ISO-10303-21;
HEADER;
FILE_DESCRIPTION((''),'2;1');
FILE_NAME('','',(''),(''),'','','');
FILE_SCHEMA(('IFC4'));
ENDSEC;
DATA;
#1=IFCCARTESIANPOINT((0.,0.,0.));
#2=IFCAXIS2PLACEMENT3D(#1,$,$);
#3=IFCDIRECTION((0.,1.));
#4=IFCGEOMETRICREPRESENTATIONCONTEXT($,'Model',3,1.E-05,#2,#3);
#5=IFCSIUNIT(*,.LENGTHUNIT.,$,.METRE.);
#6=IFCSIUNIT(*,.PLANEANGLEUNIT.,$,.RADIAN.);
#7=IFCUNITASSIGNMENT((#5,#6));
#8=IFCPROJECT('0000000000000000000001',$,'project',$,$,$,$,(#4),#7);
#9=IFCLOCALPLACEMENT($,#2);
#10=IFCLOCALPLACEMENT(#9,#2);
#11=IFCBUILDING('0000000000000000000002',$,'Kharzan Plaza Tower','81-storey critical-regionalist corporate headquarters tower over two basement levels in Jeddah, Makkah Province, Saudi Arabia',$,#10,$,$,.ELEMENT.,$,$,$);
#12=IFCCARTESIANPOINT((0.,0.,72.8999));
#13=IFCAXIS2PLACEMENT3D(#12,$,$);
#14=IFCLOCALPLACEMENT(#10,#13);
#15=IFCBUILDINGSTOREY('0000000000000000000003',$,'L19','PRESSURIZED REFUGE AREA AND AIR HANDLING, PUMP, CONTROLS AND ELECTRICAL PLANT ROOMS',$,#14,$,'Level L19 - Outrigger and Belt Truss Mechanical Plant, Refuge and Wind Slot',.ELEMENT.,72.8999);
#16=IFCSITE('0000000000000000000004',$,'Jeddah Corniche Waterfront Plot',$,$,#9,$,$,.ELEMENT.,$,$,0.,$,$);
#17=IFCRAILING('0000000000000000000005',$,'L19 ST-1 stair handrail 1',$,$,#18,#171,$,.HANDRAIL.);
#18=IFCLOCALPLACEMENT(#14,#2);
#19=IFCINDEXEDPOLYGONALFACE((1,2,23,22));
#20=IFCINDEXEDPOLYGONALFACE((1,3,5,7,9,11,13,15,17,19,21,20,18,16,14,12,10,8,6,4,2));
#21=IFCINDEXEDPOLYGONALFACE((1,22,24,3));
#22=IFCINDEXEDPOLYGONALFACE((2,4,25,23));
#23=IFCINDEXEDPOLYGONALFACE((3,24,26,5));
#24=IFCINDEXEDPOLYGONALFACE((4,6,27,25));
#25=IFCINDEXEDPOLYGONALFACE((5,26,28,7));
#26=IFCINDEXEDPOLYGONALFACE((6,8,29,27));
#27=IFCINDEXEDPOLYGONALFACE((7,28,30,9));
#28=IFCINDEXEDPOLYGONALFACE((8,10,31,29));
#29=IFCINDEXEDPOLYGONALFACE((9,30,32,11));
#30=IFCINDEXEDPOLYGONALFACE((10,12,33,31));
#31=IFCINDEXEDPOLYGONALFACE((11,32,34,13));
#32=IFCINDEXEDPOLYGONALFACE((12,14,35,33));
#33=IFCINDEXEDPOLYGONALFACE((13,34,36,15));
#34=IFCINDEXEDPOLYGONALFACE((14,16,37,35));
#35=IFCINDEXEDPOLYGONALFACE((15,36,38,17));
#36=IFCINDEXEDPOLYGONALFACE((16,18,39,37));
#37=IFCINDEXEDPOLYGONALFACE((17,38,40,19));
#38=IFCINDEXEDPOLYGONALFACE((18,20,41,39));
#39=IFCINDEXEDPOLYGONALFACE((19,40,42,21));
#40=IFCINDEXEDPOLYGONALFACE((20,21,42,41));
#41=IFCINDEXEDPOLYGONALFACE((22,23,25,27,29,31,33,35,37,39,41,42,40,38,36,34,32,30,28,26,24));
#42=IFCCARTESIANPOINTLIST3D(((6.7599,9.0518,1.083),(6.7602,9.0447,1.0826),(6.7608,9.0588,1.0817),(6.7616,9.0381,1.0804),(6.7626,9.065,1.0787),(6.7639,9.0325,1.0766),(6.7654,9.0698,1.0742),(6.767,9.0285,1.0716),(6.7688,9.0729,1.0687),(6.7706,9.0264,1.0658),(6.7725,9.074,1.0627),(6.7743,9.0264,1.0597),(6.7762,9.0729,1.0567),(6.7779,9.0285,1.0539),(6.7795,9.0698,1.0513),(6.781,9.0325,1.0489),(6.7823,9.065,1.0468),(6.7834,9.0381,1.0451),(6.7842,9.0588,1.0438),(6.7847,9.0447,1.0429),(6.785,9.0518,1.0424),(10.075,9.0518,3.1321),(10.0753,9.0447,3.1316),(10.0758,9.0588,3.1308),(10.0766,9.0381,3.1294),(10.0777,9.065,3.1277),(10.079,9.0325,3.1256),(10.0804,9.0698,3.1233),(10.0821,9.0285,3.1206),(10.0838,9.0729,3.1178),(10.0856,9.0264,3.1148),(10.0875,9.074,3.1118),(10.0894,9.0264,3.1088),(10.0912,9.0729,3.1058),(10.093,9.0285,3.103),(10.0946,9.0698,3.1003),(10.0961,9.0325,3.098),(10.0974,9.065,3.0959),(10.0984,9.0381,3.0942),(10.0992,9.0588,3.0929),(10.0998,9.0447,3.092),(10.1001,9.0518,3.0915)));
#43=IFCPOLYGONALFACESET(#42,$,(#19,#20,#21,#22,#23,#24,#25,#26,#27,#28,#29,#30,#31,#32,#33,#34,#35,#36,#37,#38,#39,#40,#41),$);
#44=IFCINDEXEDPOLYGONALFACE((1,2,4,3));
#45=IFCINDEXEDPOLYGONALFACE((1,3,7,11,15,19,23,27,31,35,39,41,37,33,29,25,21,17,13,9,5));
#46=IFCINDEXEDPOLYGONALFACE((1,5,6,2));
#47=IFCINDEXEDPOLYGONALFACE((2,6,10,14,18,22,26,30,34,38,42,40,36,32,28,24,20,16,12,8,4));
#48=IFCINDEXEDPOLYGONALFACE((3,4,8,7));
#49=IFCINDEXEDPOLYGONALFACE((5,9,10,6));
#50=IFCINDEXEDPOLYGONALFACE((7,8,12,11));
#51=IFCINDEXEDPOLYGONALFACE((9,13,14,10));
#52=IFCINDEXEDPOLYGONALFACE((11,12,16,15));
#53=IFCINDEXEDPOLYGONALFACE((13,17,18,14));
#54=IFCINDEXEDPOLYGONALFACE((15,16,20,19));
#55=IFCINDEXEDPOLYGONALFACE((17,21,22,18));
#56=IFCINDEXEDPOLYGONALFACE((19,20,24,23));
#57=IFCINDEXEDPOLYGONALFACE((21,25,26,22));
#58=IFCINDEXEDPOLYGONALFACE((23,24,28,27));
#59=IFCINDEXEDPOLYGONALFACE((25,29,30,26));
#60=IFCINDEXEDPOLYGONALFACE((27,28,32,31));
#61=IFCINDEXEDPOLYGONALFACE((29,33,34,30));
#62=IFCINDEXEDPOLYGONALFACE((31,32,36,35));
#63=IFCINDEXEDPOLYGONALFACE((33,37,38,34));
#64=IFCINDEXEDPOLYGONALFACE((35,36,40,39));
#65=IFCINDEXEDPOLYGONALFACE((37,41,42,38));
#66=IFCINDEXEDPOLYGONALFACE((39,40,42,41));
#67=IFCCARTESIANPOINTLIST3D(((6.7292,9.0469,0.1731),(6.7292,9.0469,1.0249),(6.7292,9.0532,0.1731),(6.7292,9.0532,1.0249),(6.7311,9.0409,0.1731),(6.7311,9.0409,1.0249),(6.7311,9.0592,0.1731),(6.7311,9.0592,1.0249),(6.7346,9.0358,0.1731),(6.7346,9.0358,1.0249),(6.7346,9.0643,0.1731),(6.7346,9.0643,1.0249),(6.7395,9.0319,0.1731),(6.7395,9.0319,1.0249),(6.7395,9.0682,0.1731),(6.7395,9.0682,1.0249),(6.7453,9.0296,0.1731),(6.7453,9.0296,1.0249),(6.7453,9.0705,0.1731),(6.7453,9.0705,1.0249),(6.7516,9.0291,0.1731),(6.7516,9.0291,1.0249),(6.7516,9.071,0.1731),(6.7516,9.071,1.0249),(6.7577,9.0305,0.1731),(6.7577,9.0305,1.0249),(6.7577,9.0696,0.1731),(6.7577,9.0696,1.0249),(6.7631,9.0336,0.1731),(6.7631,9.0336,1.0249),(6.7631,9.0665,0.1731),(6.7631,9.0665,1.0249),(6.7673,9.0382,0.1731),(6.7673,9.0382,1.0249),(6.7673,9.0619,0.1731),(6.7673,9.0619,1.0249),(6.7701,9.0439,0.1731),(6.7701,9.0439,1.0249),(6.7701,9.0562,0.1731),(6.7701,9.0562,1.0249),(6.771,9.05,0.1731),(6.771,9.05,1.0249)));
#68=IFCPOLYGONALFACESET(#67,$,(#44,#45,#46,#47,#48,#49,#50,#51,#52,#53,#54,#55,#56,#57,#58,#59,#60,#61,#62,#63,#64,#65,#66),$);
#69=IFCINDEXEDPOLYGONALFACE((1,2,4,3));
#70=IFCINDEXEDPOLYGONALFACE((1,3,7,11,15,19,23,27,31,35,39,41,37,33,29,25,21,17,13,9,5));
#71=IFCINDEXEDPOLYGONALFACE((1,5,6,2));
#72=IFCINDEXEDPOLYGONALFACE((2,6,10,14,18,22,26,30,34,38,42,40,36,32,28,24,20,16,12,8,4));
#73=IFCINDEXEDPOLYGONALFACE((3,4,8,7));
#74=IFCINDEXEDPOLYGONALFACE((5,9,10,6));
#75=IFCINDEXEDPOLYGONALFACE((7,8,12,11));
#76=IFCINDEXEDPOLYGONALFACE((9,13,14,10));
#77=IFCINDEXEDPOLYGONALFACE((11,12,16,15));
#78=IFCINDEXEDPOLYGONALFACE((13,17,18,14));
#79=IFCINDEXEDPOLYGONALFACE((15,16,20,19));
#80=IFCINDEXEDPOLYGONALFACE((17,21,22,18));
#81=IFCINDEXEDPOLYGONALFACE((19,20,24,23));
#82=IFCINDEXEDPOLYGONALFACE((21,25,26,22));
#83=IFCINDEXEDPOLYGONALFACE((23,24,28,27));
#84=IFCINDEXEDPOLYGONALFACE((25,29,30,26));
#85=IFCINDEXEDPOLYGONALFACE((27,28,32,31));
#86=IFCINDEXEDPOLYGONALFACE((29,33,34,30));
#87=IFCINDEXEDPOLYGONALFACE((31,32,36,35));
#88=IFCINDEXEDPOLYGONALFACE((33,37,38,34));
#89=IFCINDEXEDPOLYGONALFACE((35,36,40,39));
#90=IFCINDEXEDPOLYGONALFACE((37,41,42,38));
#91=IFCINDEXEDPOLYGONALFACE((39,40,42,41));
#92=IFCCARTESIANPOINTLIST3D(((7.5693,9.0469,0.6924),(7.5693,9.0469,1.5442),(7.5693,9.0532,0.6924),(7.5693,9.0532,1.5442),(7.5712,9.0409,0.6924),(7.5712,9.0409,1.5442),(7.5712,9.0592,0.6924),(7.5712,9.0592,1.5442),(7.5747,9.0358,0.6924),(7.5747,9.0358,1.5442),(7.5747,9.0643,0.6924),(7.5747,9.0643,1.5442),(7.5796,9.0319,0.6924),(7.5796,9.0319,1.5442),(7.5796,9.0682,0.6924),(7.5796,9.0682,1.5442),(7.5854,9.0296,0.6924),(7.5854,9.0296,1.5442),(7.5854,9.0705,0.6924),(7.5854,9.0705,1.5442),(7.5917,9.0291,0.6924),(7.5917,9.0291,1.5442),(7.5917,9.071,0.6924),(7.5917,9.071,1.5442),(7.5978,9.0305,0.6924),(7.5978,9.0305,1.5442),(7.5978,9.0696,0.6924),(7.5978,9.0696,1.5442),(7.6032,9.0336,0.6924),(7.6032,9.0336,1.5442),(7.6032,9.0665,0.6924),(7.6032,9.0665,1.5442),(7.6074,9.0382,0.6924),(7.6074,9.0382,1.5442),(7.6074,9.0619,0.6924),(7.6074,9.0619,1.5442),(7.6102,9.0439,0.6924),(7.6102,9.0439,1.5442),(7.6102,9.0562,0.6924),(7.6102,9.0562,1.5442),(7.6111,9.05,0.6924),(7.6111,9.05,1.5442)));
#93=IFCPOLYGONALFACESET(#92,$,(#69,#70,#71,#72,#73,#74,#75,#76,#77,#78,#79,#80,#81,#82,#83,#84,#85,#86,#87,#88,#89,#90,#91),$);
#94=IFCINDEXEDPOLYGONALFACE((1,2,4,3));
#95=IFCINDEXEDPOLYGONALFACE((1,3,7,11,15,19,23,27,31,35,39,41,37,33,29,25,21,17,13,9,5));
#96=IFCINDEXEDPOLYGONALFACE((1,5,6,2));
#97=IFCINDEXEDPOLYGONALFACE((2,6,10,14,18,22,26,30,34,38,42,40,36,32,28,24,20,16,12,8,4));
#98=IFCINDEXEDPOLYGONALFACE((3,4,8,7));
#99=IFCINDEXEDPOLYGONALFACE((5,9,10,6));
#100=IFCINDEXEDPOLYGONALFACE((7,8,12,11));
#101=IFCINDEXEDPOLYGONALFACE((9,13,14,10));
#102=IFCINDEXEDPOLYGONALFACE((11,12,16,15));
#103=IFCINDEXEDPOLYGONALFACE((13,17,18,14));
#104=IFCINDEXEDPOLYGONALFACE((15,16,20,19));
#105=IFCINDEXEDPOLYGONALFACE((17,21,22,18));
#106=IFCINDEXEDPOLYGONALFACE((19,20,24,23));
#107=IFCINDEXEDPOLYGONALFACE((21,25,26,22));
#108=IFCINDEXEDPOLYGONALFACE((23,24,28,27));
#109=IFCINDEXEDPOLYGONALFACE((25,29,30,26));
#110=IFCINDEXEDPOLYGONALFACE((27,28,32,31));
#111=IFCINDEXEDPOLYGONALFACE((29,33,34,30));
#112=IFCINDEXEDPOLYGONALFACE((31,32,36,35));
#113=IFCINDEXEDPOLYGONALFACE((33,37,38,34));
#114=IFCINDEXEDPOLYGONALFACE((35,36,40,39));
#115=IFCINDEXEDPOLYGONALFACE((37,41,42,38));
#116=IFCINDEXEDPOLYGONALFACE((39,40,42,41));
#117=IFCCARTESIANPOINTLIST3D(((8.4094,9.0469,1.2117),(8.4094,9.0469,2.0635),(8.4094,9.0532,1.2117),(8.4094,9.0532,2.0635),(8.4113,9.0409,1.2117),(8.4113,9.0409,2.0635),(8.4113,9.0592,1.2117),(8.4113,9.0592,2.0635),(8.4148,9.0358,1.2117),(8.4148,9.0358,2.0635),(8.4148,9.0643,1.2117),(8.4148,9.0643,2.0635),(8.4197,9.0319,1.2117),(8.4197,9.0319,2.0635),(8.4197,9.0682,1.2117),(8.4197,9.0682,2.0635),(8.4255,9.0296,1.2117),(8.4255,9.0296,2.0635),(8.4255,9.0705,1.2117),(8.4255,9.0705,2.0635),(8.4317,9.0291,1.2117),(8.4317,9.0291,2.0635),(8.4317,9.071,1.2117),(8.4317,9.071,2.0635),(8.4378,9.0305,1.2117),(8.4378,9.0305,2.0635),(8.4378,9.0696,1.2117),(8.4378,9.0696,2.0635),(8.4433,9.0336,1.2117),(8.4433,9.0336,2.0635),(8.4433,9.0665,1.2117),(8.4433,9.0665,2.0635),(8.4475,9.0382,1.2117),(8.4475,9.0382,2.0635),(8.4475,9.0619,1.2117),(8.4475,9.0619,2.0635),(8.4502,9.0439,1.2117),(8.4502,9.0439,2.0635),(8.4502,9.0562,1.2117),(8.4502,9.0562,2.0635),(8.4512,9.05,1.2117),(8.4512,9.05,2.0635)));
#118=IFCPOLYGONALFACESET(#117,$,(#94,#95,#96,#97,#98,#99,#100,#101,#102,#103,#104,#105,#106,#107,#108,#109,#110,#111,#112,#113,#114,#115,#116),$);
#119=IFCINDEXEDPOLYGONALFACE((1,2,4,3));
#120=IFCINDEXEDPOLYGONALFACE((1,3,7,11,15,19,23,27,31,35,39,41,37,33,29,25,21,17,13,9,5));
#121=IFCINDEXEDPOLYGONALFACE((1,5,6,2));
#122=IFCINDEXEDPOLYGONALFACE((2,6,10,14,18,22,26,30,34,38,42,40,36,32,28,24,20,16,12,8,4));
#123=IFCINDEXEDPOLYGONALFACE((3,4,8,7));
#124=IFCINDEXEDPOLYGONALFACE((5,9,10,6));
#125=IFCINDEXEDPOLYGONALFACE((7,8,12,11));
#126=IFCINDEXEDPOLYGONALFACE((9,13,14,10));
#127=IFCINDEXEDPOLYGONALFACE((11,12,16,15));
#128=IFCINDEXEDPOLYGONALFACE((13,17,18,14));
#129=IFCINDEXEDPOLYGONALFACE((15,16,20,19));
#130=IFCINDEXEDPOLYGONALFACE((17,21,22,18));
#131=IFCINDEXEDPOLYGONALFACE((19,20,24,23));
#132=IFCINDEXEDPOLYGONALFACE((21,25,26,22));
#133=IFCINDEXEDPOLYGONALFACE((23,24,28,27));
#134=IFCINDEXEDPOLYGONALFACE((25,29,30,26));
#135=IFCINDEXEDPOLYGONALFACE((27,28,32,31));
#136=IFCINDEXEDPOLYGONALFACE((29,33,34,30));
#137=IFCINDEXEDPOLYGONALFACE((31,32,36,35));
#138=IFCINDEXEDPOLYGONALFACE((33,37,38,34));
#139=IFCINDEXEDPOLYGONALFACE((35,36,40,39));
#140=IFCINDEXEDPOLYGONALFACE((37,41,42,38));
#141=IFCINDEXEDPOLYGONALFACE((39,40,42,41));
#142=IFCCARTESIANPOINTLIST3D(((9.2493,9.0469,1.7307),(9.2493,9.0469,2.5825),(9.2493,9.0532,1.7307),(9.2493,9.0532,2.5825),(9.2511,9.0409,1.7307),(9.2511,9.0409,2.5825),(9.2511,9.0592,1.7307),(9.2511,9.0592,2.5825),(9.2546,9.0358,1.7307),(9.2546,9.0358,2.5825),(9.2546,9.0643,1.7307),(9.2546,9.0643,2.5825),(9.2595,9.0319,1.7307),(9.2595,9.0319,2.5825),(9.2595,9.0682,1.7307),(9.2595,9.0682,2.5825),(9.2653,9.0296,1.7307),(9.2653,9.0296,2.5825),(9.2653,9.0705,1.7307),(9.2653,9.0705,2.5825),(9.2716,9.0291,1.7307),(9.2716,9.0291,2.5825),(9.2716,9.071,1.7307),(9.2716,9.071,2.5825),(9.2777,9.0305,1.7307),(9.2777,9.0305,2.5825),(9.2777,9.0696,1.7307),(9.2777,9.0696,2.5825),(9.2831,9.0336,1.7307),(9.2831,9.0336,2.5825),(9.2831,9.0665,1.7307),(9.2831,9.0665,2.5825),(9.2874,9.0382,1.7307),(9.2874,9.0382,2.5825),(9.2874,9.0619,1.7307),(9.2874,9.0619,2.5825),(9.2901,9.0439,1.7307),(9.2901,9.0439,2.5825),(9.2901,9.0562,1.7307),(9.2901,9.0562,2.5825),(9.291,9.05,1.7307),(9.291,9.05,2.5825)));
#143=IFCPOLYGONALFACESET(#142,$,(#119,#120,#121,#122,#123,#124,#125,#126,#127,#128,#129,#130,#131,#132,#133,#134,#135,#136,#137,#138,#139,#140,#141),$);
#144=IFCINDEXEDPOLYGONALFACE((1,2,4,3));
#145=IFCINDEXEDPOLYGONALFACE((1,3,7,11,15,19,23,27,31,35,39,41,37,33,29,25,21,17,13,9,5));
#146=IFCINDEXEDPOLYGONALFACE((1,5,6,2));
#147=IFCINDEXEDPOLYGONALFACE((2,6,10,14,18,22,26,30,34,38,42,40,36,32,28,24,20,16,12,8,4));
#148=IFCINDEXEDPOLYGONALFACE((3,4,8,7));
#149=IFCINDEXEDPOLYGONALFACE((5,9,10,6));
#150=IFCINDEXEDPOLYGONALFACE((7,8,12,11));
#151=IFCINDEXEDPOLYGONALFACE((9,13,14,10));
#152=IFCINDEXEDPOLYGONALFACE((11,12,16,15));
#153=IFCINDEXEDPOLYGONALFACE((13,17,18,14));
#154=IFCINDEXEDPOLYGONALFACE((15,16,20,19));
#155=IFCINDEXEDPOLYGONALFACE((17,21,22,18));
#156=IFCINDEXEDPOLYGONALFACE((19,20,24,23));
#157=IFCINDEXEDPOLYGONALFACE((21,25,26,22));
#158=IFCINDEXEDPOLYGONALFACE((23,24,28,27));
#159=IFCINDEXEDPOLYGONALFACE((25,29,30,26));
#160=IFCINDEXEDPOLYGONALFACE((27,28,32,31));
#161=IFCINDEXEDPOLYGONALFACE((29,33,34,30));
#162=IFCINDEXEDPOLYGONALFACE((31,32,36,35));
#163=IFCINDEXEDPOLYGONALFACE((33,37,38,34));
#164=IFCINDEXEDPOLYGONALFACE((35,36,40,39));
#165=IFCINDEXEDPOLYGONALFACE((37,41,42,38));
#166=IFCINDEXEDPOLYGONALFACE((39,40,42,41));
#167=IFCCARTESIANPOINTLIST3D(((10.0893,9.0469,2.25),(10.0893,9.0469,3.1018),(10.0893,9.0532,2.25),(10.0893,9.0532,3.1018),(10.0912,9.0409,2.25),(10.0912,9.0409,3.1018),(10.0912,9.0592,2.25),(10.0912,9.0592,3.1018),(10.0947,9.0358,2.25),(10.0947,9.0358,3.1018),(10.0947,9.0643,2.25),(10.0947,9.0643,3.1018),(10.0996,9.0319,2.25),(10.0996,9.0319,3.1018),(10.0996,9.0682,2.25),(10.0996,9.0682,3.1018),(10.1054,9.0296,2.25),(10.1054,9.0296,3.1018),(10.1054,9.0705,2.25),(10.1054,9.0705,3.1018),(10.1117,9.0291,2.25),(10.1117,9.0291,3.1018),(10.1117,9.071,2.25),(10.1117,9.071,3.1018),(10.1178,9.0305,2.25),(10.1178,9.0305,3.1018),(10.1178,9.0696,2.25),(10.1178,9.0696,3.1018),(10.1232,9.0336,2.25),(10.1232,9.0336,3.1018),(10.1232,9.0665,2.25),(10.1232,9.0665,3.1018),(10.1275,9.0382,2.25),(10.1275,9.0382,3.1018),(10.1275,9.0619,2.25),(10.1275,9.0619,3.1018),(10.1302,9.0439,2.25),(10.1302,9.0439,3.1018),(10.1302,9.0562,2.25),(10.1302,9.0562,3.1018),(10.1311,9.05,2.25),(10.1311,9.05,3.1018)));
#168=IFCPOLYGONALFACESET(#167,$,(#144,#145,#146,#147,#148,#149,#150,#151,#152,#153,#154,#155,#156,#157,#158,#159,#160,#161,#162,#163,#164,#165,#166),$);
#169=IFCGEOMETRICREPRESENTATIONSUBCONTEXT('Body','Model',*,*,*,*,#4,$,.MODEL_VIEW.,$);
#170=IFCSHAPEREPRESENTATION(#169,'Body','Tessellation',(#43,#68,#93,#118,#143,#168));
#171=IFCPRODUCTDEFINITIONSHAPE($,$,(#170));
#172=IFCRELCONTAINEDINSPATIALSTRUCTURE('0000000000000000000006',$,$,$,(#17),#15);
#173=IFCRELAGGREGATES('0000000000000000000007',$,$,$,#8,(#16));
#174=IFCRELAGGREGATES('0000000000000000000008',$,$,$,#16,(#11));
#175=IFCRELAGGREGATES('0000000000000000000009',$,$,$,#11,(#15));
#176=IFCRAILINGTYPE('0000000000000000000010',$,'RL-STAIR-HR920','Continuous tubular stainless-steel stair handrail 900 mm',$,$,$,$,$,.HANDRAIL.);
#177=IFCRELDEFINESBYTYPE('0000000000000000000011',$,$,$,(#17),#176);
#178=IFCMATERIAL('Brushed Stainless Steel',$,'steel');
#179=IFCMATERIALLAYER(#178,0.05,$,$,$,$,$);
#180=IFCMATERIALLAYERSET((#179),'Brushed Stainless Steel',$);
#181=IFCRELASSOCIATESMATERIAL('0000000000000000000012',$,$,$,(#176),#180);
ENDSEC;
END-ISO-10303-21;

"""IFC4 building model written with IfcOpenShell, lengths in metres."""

from ifc_helpers import new_model, si_unit, direction, frame, origin, origin_2d, place, context, subcontext, project, spatial, circle, extrude, source, transform, mapped, material, layer, layer_set, type_object, element, save


model = new_model("IFC4")

# Units and contexts
model_context = context("Model", 3, precision=1e-05, world=origin(), true_north=direction((0.0, 1.0)))
body_context = subcontext(model_context, "Body", "Model", "MODEL_VIEW")
ifc_project = project(units=[si_unit("LENGTHUNIT", "METRE"), si_unit("PLANEANGLEUNIT", "RADIAN")], contexts=[model_context])

# Site, building, storey
site_placement = place(None, origin())
site = spatial("IfcSite", under=ifc_project, at=site_placement, Name="Jeddah Corniche Waterfront Plot", CompositionType="ELEMENT", RefElevation=0.0)
building_placement = place(site_placement, origin())
building = spatial("IfcBuilding", under=site, at=building_placement, Name="Kharzan Plaza Tower", Description="81-storey critical-regionalist corporate headquarters tower over two basement levels in Jeddah, Makkah Province, Saudi Arabia", CompositionType="ELEMENT")
storey_placement = place(building_placement, frame((0.0, 0.0, 72.8999)))
storey = spatial("IfcBuildingStorey", under=building, at=storey_placement, Name="L19", Description="PRESSURIZED REFUGE AREA AND AIR HANDLING, PUMP, CONTROLS AND ELECTRICAL PLANT ROOMS", LongName="Level L19 - Outrigger and Belt Truss Mechanical Plant, Refuge and Wind Slot", CompositionType="ELEMENT", Elevation=72.8999)

# Railing
ifc_material_1 = material(Name="Brushed Stainless Steel", Category="steel")
ifc_layer_1 = layer(ifc_material_1, 0.05)
ifc_layer_set_1 = layer_set([ifc_layer_1], Name="Brushed Stainless Steel")
railing_type_1 = type_object("IfcRailingType", Name="RL-STAIR-HR920", Description="Continuous tubular stainless-steel stair handrail 900 mm", PredefinedType="HANDRAIL", material=ifc_layer_set_1)
shared_shape_1 = source(origin(), body_context, "Body", "SweptSolid", [
    extrude(circle(Radius=0.0239, at=origin_2d()), frame((0.0225, 0.0, 0.8896), z_axis=(0.850623, 0.0, 0.525776), x_axis=(0.0, 1.0, 0.0)), (0.0, 0.0, 1.0), 3.8972),
    extrude(circle(Radius=0.021, at=origin_2d()), origin(), (0.0, 0.0, 1.0), 0.8518),
    extrude(circle(Radius=0.021, at=origin_2d()), frame((0.8401, 0.0, 0.5193)), (0.0, 0.0, 1.0), 0.8518),
    extrude(circle(Radius=0.021, at=origin_2d()), frame((1.6802, 0.0, 1.0386)), (0.0, 0.0, 1.0), 0.8518),
    extrude(circle(Radius=0.021, at=origin_2d()), frame((2.52, 0.0, 1.5576)), (0.0, 0.0, 1.0), 0.8518),
    extrude(circle(Radius=0.021, at=origin_2d()), frame((3.3601, 0.0, 2.0769)), (0.0, 0.0, 1.0), 0.8518),
])
railing_1_placement = place(storey_placement, frame((6.75, 9.05, 0.1731)))
element("IfcRailing", 1, at=railing_1_placement, inside=storey, type_object=railing_type_1, Name="L19 ST-1 stair handrail 1", PredefinedType="HANDRAIL", context=body_context, shape_type="MappedRepresentation", body=[
    mapped(shared_shape_1, transform((0.0, 0.0, 0.0), x_axis=(1.0, 0.0, 0.0), y_axis=(0.0, 1.0, 0.0), z_axis=(0.0, 0.0, 1.0))),
])

save(model, "model.ifc")
